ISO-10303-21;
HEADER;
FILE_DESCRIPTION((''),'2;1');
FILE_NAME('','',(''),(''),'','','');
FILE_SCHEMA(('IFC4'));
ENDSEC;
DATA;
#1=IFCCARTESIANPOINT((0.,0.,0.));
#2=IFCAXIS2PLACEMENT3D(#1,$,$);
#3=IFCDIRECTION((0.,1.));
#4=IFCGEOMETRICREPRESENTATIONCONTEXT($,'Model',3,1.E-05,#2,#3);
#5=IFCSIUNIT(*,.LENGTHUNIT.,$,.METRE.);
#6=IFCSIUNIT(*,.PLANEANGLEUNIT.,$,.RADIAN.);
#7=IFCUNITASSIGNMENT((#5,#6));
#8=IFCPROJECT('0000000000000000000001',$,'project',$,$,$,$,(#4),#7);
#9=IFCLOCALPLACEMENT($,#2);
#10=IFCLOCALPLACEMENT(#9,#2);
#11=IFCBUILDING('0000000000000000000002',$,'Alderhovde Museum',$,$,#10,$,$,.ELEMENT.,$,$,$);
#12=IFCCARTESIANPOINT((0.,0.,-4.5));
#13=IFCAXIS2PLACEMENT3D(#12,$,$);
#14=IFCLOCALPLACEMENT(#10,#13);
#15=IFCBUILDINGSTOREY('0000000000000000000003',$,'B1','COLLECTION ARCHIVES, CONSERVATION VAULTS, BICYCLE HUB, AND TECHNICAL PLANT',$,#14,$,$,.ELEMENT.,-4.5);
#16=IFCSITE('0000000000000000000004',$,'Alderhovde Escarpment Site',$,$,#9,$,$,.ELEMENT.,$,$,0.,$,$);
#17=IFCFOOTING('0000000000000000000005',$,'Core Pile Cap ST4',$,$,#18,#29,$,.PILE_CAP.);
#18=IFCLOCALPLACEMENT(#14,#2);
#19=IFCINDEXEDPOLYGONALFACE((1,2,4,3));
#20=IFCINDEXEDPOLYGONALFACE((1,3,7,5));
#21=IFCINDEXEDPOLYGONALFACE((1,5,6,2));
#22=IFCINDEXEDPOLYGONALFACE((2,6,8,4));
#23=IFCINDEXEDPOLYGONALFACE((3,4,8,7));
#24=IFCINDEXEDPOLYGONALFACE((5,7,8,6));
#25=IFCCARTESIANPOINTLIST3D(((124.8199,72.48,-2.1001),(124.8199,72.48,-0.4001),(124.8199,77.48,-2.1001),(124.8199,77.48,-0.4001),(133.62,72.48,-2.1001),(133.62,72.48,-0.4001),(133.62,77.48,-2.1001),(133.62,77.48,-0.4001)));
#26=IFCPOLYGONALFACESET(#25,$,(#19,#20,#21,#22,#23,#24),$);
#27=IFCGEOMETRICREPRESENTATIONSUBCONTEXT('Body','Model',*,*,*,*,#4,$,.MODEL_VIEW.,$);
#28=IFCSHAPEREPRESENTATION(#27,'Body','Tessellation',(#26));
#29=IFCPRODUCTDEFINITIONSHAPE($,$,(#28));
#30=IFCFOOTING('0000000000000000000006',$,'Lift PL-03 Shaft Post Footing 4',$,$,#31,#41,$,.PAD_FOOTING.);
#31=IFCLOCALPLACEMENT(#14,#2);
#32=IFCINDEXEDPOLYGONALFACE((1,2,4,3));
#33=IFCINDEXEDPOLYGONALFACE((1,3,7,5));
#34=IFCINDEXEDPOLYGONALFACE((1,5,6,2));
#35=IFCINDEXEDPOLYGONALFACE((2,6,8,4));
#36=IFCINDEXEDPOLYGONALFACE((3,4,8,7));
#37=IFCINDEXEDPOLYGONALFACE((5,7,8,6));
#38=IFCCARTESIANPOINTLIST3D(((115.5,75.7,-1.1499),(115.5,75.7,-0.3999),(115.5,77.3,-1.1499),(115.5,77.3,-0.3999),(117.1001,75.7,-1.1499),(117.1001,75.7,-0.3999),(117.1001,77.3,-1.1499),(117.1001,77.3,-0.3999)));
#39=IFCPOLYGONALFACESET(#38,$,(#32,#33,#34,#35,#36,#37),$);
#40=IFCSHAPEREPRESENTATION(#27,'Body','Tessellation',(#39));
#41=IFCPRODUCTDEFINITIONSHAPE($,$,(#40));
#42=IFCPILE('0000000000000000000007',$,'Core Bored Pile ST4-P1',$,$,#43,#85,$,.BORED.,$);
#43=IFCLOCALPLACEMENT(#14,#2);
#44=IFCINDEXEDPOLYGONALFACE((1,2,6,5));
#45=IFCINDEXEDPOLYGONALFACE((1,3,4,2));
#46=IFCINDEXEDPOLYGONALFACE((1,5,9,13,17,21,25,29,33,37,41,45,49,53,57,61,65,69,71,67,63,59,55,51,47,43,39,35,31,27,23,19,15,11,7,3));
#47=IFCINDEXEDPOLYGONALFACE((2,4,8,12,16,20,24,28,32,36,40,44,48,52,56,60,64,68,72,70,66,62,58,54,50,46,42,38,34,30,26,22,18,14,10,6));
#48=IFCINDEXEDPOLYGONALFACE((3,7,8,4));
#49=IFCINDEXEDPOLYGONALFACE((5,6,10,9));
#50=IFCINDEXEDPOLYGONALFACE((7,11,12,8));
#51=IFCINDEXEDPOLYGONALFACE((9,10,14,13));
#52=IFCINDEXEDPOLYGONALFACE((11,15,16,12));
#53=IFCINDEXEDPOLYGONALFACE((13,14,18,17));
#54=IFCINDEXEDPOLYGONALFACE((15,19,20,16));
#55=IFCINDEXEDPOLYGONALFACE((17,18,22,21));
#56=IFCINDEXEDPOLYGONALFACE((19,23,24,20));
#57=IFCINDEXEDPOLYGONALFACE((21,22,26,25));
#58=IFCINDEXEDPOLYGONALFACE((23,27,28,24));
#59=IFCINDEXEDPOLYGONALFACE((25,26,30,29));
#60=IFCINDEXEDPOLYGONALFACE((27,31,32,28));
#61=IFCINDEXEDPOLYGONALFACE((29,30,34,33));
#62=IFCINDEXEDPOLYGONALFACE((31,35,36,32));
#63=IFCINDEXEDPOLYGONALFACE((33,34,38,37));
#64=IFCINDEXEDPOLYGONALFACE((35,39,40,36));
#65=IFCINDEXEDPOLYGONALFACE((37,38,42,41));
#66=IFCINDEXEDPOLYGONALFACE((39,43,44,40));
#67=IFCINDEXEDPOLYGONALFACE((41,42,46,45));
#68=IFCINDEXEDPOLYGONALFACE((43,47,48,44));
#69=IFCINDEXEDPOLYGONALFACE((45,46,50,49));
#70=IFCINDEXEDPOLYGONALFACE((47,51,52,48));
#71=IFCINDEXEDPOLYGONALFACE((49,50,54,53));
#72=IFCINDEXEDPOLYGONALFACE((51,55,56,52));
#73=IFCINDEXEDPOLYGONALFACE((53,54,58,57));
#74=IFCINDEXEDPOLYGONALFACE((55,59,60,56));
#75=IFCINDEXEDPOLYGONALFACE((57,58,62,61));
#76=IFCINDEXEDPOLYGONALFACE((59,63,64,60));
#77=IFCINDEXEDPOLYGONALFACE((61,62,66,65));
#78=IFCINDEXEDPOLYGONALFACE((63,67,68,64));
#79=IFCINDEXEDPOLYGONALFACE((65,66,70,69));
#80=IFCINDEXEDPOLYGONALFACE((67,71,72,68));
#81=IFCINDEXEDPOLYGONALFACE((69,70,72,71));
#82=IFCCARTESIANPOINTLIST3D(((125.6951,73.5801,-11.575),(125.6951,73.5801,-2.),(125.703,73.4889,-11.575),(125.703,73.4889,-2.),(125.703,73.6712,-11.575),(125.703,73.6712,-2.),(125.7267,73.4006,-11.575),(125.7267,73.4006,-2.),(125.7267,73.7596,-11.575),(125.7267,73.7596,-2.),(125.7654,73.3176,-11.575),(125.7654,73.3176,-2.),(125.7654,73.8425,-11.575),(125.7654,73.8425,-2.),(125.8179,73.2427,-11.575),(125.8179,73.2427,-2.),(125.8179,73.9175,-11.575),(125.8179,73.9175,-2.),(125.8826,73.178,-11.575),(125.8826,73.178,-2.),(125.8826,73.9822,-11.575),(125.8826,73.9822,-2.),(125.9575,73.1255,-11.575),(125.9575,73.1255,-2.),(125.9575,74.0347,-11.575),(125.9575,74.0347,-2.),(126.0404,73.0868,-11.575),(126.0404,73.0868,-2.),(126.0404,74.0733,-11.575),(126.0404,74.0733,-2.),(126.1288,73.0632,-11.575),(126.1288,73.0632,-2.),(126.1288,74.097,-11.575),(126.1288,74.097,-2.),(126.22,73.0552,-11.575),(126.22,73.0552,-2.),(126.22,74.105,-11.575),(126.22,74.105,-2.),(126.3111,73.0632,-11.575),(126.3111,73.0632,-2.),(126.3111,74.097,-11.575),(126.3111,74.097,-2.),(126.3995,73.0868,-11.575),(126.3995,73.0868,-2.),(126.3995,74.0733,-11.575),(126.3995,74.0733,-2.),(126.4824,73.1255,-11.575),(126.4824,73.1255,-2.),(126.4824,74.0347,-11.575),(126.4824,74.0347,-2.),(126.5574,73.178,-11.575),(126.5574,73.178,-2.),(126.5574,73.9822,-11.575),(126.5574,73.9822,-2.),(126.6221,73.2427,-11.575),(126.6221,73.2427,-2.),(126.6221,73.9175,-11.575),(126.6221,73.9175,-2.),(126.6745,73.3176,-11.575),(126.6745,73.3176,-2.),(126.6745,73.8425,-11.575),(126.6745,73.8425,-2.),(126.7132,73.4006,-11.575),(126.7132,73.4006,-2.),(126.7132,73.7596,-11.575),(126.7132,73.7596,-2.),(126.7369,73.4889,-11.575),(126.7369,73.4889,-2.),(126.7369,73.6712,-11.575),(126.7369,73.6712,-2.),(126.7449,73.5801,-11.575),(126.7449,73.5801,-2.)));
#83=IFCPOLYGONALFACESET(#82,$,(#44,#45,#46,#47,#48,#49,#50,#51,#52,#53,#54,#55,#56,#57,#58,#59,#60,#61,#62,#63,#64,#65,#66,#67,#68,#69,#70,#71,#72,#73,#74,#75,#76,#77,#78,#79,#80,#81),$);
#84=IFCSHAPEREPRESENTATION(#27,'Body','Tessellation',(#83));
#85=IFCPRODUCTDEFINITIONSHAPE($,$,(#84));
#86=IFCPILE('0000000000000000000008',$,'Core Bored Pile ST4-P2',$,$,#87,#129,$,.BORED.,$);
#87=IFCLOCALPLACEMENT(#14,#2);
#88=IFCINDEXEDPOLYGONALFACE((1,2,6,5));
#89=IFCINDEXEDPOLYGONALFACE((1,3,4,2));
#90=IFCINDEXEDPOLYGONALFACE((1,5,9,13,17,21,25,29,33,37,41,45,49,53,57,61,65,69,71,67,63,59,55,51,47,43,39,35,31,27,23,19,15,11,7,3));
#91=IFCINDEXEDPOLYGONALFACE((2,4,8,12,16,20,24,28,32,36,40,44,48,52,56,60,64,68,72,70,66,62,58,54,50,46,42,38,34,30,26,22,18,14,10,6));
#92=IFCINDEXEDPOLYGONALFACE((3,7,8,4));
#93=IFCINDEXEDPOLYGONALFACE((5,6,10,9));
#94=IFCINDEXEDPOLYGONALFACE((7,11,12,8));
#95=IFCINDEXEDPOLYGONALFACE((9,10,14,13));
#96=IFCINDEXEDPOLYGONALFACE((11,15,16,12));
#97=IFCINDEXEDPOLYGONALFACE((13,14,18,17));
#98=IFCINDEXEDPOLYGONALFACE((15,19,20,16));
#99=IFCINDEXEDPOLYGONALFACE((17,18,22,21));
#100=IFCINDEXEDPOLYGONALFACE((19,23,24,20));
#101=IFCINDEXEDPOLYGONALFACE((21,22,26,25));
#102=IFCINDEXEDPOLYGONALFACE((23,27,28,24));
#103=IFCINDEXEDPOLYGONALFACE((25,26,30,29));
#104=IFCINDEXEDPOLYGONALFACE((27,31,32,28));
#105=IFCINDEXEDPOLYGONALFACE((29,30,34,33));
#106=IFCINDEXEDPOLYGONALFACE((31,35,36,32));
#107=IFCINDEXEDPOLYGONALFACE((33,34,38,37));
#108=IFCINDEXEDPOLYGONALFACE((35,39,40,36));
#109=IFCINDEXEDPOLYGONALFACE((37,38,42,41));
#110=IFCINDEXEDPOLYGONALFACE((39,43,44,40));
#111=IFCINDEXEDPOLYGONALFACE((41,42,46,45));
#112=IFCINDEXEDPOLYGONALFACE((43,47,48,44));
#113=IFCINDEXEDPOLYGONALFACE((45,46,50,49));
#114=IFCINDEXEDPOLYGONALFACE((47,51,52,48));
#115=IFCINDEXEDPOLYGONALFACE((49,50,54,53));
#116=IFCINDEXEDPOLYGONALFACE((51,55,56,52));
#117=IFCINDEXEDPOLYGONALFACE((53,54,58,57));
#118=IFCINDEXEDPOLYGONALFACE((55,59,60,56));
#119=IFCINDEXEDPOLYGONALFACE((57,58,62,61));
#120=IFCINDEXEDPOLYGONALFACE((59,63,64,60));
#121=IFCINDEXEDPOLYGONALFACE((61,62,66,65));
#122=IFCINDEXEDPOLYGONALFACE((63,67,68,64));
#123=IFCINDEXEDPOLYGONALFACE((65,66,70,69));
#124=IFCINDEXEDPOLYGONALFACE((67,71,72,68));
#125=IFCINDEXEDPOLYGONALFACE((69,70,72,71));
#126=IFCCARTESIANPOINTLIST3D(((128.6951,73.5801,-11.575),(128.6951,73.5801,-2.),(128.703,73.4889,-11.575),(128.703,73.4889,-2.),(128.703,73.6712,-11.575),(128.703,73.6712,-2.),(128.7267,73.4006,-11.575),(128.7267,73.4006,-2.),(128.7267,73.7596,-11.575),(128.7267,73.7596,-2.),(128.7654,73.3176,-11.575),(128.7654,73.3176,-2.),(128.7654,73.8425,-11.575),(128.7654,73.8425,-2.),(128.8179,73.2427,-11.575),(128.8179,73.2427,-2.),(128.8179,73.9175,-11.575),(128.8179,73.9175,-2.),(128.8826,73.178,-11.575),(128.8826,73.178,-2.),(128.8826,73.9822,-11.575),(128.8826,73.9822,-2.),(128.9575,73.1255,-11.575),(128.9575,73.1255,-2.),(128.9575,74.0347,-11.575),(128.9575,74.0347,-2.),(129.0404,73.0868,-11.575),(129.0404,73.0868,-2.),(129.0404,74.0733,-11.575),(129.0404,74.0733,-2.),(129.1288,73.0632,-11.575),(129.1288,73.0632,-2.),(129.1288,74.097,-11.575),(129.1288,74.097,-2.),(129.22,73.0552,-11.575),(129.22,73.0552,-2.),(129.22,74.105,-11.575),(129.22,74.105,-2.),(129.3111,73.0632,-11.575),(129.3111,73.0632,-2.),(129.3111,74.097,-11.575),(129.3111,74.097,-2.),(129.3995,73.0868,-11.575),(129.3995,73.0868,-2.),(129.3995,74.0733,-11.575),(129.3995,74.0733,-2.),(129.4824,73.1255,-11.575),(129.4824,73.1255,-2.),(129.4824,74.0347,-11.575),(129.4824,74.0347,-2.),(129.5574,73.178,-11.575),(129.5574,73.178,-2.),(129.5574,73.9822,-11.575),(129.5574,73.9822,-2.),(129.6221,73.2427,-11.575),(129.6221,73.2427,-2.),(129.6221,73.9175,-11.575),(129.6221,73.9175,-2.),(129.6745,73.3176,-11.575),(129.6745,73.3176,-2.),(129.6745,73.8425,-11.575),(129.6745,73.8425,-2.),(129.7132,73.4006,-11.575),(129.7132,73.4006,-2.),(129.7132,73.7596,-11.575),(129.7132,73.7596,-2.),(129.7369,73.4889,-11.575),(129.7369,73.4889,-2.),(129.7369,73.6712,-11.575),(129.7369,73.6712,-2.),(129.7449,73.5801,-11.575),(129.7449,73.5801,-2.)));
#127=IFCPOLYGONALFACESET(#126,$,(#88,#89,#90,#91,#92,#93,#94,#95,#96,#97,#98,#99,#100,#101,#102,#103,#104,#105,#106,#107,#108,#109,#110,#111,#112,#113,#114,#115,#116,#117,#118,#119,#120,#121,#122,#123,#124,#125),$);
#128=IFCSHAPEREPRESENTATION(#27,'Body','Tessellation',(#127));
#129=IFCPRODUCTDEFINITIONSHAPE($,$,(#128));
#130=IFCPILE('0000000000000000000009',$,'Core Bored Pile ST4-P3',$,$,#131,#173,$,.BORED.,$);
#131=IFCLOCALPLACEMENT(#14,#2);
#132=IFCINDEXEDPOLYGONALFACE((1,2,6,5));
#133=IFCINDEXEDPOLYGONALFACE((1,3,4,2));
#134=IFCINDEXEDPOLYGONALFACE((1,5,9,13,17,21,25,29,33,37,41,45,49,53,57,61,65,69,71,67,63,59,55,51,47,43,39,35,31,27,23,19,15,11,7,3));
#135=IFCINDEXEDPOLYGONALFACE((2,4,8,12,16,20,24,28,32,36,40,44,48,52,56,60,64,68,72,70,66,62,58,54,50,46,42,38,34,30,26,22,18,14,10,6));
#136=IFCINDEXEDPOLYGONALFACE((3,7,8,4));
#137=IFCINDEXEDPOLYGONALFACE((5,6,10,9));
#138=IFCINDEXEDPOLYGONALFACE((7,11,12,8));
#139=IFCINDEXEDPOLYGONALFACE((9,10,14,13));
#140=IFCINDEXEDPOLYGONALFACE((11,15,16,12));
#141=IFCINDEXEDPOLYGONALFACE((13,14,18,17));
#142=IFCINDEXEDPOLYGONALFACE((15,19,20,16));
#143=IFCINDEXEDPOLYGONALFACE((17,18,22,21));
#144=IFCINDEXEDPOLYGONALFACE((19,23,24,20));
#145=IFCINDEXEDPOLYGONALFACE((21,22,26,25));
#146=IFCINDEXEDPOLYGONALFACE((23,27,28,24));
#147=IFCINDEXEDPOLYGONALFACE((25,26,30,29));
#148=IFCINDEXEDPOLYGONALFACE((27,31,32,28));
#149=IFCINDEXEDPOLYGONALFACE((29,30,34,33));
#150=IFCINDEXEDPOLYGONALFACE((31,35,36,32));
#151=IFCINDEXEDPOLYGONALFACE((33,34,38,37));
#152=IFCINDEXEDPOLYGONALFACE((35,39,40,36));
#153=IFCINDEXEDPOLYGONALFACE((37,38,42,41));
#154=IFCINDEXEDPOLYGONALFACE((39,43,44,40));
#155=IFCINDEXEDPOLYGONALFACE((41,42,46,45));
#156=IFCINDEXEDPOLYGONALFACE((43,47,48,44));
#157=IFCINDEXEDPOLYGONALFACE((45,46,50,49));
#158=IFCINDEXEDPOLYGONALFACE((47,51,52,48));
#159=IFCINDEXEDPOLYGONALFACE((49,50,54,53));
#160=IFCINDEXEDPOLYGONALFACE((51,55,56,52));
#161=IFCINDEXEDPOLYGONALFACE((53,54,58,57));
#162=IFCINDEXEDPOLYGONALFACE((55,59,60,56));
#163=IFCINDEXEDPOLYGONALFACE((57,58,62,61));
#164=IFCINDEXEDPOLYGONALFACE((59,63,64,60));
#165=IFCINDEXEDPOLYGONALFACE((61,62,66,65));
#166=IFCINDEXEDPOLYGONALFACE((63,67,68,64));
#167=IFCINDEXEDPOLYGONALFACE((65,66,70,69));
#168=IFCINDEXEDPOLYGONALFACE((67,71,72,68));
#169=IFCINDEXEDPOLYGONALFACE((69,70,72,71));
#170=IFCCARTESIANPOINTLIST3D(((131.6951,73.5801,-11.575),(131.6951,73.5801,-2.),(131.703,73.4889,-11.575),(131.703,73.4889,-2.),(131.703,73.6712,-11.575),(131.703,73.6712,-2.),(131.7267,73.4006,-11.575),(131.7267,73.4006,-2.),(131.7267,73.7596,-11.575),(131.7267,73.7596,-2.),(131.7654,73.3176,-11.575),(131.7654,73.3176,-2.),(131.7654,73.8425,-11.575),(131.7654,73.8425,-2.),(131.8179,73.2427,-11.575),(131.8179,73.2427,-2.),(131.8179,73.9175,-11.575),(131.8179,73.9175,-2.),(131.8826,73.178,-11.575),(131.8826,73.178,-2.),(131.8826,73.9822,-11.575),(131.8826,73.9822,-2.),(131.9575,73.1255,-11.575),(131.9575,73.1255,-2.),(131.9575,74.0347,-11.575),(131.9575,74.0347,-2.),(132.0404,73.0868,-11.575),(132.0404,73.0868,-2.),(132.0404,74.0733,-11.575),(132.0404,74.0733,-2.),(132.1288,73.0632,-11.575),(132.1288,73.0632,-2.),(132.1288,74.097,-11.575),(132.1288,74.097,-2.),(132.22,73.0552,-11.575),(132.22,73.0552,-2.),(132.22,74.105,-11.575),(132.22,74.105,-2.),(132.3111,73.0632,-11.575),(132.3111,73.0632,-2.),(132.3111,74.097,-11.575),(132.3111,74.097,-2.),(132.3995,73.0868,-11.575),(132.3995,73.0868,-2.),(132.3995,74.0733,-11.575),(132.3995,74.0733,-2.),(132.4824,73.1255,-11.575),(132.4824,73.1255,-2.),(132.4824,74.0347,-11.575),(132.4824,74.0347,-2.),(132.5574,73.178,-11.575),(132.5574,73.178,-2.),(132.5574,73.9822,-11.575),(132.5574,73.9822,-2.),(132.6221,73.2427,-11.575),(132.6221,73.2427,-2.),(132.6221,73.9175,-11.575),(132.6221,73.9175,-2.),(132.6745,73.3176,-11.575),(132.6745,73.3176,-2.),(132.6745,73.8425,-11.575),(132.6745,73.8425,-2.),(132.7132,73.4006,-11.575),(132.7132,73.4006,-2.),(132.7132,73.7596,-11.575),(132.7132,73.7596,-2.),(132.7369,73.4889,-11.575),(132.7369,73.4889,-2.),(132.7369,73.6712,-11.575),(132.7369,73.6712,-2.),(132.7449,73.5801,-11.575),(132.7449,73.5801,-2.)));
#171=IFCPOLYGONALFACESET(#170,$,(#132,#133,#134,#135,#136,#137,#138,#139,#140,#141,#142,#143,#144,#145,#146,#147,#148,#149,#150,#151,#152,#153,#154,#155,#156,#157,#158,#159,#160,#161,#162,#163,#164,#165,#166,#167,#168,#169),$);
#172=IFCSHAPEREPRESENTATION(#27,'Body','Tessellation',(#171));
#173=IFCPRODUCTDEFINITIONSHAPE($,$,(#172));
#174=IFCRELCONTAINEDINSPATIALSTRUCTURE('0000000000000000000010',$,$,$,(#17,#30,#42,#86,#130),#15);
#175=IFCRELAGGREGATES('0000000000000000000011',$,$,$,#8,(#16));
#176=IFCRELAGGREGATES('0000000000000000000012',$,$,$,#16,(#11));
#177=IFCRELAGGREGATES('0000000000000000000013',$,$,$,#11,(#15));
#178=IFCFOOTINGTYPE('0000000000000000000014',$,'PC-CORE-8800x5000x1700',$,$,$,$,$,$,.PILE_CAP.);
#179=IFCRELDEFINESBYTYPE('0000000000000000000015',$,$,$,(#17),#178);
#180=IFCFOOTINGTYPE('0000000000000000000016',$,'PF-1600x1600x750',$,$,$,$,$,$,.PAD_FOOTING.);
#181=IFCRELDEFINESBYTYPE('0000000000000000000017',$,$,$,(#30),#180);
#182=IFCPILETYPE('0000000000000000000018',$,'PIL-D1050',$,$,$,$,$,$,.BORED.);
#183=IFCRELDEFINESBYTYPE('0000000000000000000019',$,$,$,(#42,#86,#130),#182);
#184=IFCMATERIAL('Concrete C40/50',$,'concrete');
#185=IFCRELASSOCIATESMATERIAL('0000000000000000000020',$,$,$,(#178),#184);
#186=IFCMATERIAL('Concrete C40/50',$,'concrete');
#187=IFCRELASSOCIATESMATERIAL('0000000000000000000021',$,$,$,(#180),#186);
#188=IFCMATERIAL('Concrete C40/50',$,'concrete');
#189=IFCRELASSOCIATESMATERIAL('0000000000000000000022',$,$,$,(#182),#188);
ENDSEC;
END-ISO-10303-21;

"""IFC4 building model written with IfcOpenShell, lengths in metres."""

from ifc_helpers import new_model, si_unit, direction, frame, origin, origin_2d, place, context, subcontext, project, spatial, rectangle, circle, extrude, material, material_profile, profile_set, type_object, element, save


model = new_model("IFC4")

# Units and contexts
model_context = context("Model", 3, precision=1e-05, world=origin(), true_north=direction((0.0, 1.0)))
body_context = subcontext(model_context, "Body", "Model", "MODEL_VIEW")
ifc_project = project(units=[si_unit("LENGTHUNIT", "METRE"), si_unit("PLANEANGLEUNIT", "RADIAN")], contexts=[model_context])

# Site, building, storey
site_placement = place(None, origin())
site = spatial("IfcSite", under=ifc_project, at=site_placement, Name="Alderhovde Escarpment Site", CompositionType="ELEMENT", RefElevation=0.0)
building_placement = place(site_placement, origin())
building = spatial("IfcBuilding", under=site, at=building_placement, Name="Alderhovde Museum", CompositionType="ELEMENT")
storey_placement = place(building_placement, frame((0.0, 0.0, -4.5)))
storey = spatial("IfcBuildingStorey", under=building, at=storey_placement, Name="B1", Description="COLLECTION ARCHIVES, CONSERVATION VAULTS, BICYCLE HUB, AND TECHNICAL PLANT", CompositionType="ELEMENT", Elevation=-4.5)

# Footings
ifc_material_1 = material(Name="Concrete C40/50", Category="concrete")
footing_type_1 = type_object("IfcFootingType", Name="PC-CORE-8800x5000x1700", PredefinedType="PILE_CAP", material=ifc_material_1)
footing_1_placement = place(storey_placement, frame((129.22, 74.98, -2.1001), z_axis=(0.0, 0.0, 1.0), x_axis=(1.0, 0.0, 0.0)))
element("IfcFooting", 1, at=footing_1_placement, inside=storey, type_object=footing_type_1, Name="Core Pile Cap ST4", PredefinedType="PILE_CAP", context=body_context, shape_type="SweptSolid", body=[
    extrude(rectangle(XDim=8.8, YDim=5.0, at=origin_2d()), origin(), (0.0, 0.0, 1.0), 1.7),
])
ifc_material_2 = material(Name="Concrete C40/50", Category="concrete")
footing_type_2 = type_object("IfcFootingType", Name="PF-1600x1600x750", PredefinedType="PAD_FOOTING", material=ifc_material_2)
footing_2_placement = place(storey_placement, frame((116.3, 76.5, -1.1499), z_axis=(0.0, 0.0, 1.0), x_axis=(1.0, 0.0, 0.0)))
element("IfcFooting", 2, at=footing_2_placement, inside=storey, type_object=footing_type_2, Name="Lift PL-03 Shaft Post Footing 4", PredefinedType="PAD_FOOTING", context=body_context, shape_type="SweptSolid", body=[
    extrude(rectangle(XDim=1.6001, YDim=1.6001, at=origin_2d()), origin(), (0.0, 0.0, 1.0), 0.75),
])

# Piles
ifc_material_3 = material(Name="Concrete C40/50", Category="concrete")
ifc_material_profile_1 = material_profile(ifc_material_3, circle(Radius=0.5249, at=origin_2d()), Name="PILE-D1050")
ifc_profile_set_1 = profile_set([ifc_material_profile_1], Name="Concrete C40/50")
pile_type = type_object("IfcPileType", Name="PIL-D1050", PredefinedType="BORED", material=ifc_profile_set_1)
for number, where, z_axis, x_axis, name in (
    (3, (126.22, 73.5801, -2.0), (0.0, 0.0, -1.0), (1.0, 0.0, 0.0), "Core Bored Pile ST4-P1"),
    (4, (129.22, 73.5801, -2.0), (0.0, 0.0, -1.0), (1.0, 0.0, 0.0), "Core Bored Pile ST4-P2"),
    (5, (132.22, 73.5801, -2.0), (0.0, 0.0, -1.0), (1.0, 0.0, 0.0), "Core Bored Pile ST4-P3"),
):
    element("IfcPile", number, at=place(storey_placement, frame(where, z_axis=z_axis, x_axis=x_axis)), inside=storey, type_object=pile_type, Name=name, PredefinedType="BORED", context=body_context, shape_type="SweptSolid", body=[
        extrude(circle(Radius=0.5249, at=origin_2d()), origin(), (0.0, 0.0, 1.0), 9.575),
    ])

save(model, "model.ifc")
